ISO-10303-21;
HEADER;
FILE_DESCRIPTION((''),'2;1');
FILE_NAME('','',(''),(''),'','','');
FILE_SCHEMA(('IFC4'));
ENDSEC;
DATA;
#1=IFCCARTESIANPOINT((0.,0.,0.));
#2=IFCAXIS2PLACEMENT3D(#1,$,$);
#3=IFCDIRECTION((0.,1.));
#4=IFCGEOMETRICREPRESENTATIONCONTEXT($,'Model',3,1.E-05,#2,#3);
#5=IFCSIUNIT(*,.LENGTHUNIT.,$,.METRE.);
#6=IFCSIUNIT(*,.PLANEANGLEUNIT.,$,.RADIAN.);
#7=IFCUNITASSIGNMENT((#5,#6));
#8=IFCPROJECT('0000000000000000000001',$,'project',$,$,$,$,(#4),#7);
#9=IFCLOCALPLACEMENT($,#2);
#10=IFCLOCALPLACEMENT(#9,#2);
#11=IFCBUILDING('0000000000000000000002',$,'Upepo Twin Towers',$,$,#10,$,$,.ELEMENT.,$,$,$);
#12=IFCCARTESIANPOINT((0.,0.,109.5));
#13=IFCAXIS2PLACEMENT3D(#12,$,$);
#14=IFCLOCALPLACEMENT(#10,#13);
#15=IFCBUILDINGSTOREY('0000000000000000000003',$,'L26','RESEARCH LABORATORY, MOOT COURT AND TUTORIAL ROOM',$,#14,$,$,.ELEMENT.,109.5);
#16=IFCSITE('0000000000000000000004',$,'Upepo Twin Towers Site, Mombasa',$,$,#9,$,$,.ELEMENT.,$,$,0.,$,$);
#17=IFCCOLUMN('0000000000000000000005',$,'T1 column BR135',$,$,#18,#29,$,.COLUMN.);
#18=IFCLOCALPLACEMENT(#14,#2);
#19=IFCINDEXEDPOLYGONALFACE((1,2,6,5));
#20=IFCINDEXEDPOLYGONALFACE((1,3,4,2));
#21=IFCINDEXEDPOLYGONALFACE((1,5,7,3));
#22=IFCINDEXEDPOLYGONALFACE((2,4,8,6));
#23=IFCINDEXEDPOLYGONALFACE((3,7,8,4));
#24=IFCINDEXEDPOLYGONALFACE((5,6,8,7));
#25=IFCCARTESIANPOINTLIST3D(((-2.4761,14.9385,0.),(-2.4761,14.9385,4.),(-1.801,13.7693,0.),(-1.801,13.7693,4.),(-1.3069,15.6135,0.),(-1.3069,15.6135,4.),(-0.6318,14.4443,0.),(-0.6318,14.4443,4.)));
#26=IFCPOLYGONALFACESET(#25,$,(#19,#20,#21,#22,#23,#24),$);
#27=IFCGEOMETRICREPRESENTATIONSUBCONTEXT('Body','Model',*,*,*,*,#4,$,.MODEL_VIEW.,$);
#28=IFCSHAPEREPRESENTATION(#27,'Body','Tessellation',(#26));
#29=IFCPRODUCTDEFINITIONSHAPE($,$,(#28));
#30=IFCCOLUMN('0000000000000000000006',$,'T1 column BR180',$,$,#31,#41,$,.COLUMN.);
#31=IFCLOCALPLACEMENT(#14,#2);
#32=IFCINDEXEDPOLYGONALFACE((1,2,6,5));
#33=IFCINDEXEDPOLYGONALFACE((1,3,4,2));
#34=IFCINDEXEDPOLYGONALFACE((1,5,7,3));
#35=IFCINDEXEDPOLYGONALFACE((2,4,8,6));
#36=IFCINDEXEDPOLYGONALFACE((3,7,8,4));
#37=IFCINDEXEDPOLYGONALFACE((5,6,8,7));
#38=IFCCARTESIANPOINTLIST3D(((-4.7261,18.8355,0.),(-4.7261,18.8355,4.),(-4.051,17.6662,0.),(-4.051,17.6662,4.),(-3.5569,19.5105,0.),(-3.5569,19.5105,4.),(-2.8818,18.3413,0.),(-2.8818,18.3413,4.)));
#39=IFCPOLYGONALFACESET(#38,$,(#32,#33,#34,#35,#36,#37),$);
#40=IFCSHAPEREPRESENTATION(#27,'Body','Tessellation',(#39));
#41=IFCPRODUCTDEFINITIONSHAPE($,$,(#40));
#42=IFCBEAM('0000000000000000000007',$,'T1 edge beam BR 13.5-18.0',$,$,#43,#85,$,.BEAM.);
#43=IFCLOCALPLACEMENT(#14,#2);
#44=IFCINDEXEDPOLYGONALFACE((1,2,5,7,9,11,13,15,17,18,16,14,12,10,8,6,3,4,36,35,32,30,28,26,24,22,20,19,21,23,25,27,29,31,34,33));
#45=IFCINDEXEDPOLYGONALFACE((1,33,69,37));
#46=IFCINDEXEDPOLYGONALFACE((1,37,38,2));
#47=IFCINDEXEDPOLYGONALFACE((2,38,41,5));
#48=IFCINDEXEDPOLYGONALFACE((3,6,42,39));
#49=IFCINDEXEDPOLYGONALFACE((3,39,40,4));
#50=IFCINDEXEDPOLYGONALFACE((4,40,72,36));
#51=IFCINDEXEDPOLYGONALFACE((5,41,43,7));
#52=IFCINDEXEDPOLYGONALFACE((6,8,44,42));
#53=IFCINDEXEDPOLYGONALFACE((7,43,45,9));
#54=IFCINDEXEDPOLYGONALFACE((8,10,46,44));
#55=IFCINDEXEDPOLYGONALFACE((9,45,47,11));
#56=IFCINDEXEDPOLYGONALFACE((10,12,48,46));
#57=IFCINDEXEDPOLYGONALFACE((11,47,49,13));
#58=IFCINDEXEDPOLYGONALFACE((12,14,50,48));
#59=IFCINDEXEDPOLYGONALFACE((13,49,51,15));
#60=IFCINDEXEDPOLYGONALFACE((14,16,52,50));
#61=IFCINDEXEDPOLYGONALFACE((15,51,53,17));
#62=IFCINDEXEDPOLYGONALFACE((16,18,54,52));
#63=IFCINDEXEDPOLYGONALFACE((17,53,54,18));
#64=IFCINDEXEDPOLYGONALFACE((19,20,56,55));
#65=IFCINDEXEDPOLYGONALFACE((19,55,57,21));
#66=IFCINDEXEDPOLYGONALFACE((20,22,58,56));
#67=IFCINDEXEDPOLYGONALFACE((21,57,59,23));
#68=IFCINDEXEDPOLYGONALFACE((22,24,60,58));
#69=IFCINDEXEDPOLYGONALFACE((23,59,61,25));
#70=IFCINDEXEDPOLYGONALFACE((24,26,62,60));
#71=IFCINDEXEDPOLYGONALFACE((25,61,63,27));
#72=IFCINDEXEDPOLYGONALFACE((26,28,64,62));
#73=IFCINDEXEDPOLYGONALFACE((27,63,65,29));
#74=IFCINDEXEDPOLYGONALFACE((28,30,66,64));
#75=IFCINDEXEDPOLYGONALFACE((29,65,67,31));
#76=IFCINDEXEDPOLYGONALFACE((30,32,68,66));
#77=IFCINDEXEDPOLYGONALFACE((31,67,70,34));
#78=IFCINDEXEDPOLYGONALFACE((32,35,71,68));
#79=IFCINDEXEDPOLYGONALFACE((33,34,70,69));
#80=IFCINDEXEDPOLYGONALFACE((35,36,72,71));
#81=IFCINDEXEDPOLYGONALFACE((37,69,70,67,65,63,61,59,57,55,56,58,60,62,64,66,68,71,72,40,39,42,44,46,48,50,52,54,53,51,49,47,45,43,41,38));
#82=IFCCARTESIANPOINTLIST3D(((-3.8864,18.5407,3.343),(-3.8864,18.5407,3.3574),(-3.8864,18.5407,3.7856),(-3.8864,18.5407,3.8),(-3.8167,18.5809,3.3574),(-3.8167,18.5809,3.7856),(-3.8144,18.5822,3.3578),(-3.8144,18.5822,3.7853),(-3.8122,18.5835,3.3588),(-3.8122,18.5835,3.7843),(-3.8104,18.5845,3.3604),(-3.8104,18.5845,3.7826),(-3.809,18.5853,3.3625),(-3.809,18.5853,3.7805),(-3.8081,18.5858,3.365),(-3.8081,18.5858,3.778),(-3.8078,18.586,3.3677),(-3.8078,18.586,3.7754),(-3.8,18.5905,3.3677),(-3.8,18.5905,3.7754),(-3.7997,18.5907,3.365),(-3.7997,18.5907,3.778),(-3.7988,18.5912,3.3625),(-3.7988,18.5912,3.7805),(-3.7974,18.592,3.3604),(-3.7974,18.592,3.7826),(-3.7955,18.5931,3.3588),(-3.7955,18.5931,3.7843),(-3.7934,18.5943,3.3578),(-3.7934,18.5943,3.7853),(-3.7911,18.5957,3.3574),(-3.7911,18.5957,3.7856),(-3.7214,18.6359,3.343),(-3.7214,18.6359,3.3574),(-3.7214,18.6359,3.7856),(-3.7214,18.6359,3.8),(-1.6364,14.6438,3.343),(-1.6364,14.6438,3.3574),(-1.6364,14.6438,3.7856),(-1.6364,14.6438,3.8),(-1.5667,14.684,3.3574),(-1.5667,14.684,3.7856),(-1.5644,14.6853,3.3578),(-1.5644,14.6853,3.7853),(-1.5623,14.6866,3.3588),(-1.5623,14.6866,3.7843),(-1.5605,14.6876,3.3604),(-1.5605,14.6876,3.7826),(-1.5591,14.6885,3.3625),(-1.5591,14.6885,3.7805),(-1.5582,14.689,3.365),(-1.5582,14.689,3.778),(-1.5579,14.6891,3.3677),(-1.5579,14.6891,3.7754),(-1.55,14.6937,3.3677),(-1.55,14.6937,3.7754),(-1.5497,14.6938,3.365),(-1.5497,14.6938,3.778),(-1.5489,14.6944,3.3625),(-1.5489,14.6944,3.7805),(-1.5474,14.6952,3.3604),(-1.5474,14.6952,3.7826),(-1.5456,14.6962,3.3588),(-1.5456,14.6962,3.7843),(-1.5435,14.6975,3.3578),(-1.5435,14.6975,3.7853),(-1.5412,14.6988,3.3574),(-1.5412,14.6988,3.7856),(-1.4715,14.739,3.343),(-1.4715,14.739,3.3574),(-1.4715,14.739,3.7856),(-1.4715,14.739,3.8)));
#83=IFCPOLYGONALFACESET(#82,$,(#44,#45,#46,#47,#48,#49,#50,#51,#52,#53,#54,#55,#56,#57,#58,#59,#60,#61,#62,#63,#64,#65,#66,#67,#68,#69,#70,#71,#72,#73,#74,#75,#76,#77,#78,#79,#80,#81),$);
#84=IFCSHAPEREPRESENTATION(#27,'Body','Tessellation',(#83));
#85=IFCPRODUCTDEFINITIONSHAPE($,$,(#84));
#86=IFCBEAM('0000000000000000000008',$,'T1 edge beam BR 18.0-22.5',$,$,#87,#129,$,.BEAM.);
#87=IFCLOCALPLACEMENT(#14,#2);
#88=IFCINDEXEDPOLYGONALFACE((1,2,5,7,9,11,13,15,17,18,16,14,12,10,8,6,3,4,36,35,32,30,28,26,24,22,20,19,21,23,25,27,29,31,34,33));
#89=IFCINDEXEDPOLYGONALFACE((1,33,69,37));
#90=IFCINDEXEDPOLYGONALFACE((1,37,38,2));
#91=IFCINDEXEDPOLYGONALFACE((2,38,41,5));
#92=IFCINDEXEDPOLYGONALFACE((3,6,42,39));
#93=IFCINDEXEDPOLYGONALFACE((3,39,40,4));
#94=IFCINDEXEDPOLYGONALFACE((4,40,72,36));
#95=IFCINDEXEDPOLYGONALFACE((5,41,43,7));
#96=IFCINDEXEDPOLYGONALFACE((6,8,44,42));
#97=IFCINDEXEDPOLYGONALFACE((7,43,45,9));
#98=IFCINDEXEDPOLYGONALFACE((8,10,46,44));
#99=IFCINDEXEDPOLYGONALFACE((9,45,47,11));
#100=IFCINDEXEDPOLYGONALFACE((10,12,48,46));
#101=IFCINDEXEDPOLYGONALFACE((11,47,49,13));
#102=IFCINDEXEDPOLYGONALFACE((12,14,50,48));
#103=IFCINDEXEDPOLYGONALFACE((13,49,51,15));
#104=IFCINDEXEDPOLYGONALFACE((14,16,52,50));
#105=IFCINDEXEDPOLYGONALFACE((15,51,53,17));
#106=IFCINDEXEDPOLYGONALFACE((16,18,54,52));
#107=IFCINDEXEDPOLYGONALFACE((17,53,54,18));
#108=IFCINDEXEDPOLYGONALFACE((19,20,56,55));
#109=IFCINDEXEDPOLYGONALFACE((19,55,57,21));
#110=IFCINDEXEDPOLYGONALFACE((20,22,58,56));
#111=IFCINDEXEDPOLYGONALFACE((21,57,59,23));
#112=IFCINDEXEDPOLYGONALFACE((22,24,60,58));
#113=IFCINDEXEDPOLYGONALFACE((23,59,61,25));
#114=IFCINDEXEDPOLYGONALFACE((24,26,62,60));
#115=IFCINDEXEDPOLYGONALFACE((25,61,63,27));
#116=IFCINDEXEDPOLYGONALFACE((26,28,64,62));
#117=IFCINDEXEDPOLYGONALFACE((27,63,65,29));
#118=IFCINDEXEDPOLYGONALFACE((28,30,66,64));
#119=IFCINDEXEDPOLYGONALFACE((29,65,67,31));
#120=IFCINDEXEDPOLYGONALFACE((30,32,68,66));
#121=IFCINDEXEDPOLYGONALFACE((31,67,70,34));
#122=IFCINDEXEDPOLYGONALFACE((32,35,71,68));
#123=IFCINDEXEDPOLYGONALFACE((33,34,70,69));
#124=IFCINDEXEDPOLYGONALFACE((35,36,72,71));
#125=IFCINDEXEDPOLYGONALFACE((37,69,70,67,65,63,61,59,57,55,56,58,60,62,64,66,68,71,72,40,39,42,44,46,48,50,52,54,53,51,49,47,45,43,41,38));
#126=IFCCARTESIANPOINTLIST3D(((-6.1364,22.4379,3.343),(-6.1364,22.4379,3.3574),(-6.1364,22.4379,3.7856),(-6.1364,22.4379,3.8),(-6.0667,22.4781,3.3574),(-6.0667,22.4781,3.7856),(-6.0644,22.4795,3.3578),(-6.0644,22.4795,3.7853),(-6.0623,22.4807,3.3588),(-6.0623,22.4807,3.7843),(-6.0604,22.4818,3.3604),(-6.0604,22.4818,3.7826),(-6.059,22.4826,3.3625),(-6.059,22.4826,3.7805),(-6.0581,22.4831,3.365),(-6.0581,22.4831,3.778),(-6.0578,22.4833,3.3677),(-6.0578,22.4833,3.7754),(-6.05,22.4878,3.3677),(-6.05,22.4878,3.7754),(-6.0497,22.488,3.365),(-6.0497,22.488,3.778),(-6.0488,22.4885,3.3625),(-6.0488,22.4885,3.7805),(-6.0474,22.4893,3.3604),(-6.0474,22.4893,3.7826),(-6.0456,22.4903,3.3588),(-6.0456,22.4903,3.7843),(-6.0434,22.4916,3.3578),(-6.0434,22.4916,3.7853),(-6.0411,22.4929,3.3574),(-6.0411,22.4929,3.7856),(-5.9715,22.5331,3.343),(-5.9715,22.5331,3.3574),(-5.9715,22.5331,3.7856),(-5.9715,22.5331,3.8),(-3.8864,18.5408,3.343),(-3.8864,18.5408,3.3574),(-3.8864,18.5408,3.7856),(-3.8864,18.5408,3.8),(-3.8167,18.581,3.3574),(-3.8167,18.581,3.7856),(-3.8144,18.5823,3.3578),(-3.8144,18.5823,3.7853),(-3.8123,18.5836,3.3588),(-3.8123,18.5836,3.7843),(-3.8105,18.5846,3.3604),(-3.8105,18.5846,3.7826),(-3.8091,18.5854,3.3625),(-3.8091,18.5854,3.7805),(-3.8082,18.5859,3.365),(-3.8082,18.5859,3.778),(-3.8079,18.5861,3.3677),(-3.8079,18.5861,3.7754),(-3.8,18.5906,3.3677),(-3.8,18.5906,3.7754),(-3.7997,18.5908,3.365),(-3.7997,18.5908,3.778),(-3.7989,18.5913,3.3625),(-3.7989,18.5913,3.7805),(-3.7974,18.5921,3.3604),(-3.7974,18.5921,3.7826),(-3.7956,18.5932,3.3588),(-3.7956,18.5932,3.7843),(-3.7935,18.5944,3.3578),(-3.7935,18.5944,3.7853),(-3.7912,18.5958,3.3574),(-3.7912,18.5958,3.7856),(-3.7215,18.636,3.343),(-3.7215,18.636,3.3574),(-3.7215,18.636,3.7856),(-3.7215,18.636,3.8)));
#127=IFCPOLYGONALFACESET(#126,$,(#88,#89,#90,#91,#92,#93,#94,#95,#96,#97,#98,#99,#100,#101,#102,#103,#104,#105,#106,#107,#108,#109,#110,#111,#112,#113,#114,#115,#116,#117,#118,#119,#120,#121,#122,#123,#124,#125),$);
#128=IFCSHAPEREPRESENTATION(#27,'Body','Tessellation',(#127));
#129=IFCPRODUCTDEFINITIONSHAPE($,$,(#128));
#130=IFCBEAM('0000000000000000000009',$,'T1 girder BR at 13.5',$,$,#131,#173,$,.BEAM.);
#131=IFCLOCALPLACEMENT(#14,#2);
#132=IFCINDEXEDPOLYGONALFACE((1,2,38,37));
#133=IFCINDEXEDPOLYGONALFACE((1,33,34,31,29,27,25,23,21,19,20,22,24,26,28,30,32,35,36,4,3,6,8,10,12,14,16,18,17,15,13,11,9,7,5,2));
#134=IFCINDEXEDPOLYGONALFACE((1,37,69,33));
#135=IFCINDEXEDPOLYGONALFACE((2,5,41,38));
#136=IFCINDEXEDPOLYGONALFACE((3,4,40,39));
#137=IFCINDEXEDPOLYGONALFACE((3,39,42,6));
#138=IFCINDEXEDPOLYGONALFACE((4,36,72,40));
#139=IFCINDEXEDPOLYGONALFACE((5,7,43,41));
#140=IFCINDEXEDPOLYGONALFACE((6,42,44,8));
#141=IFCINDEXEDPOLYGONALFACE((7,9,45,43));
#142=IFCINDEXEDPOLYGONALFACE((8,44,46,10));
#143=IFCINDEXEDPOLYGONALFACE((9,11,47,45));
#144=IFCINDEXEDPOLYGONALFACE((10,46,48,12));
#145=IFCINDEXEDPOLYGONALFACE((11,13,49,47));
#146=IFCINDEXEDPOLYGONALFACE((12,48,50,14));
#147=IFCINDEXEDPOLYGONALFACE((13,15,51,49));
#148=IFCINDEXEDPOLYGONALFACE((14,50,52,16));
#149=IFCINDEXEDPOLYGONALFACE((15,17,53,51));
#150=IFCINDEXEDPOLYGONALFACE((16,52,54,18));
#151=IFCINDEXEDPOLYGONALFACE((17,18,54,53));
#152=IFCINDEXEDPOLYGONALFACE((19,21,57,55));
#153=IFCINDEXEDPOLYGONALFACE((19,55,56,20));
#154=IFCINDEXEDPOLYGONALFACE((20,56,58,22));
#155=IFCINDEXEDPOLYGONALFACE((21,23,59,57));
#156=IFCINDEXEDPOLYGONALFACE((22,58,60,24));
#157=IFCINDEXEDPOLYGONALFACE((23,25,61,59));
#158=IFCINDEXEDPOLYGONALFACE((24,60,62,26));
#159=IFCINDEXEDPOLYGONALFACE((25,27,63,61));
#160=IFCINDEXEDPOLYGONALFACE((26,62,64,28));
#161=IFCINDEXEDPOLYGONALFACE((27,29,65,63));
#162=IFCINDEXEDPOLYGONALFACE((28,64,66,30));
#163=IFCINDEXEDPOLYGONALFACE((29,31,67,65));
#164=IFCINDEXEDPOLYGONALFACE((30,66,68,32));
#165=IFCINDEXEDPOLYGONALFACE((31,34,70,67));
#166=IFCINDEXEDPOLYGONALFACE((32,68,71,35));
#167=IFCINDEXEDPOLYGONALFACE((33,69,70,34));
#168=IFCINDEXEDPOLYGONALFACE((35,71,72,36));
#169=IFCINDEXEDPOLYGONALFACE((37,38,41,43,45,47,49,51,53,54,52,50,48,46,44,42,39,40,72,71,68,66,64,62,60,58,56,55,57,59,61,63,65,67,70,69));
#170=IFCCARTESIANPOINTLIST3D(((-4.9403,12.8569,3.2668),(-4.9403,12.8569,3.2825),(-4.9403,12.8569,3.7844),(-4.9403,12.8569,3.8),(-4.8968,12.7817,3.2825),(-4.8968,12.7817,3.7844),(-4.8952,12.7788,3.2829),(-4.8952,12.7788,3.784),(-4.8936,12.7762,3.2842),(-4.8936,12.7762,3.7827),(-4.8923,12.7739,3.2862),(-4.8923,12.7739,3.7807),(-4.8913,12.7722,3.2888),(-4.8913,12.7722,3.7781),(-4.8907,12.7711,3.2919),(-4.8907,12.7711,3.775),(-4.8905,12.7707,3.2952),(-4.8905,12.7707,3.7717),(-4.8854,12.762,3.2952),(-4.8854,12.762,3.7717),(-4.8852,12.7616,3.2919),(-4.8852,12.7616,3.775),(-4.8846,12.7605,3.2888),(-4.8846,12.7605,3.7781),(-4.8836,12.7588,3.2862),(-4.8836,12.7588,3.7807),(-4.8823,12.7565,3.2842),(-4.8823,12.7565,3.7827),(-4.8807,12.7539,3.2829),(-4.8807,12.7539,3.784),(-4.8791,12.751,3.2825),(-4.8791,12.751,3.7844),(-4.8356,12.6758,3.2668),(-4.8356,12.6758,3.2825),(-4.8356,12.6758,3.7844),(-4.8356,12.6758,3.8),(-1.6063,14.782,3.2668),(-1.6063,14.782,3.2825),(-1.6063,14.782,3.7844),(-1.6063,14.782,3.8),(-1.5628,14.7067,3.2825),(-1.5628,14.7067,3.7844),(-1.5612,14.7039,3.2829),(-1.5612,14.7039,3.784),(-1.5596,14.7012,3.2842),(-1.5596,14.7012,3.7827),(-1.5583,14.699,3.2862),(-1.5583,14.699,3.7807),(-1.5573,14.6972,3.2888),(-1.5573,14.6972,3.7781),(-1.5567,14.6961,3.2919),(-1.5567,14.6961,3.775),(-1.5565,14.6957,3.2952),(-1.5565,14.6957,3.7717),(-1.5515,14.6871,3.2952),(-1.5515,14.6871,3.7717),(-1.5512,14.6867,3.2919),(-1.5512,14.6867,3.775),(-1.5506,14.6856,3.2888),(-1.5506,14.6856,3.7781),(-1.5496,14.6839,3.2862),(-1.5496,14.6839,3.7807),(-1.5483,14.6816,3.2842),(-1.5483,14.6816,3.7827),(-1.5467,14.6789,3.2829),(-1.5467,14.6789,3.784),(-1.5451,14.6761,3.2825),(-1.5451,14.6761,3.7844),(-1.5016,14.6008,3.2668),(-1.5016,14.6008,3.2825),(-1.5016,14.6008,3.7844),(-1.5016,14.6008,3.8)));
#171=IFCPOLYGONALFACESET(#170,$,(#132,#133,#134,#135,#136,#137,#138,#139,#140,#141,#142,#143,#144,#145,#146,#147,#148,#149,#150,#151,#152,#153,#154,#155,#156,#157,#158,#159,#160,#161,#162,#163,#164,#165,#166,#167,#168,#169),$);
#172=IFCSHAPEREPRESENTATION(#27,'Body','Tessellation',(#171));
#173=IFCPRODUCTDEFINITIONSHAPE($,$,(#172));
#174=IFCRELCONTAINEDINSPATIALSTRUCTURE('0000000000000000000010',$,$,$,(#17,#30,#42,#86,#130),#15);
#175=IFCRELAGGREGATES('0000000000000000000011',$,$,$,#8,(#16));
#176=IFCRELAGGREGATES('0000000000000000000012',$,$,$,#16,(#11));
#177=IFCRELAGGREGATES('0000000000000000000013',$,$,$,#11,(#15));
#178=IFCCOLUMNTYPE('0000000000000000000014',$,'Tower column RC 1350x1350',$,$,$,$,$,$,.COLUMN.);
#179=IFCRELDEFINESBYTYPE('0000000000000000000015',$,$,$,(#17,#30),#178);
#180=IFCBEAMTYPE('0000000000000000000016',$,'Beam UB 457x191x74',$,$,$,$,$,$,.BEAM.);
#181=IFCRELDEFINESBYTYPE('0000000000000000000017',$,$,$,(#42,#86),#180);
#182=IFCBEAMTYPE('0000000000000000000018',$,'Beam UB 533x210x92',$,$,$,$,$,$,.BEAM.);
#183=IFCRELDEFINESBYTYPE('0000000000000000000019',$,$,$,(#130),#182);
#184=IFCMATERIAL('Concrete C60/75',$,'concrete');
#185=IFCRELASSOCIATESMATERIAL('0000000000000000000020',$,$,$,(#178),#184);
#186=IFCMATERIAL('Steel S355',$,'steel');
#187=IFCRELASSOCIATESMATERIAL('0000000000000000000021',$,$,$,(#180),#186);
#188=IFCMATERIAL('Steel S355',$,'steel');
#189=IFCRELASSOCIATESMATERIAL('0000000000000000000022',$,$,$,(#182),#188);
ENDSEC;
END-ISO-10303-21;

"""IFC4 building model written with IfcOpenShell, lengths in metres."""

from ifc_helpers import new_model, si_unit, direction, frame, origin, origin_2d, place, context, subcontext, project, spatial, rectangle, i_section, extrude, material, material_profile, profile_set, type_object, element, save


model = new_model("IFC4")

# Units and contexts
model_context = context("Model", 3, precision=1e-05, world=origin(), true_north=direction((0.0, 1.0)))
body_context = subcontext(model_context, "Body", "Model", "MODEL_VIEW")
ifc_project = project(units=[si_unit("LENGTHUNIT", "METRE"), si_unit("PLANEANGLEUNIT", "RADIAN")], contexts=[model_context])

# Site, building, storey
site_placement = place(None, origin())
site = spatial("IfcSite", under=ifc_project, at=site_placement, Name="Upepo Twin Towers Site, Mombasa", CompositionType="ELEMENT", RefElevation=0.0)
building_placement = place(site_placement, origin())
building = spatial("IfcBuilding", under=site, at=building_placement, Name="Upepo Twin Towers", CompositionType="ELEMENT")
storey_placement = place(building_placement, frame((0.0, 0.0, 109.5)))
storey = spatial("IfcBuildingStorey", under=building, at=storey_placement, Name="L26", Description="RESEARCH LABORATORY, MOOT COURT AND TUTORIAL ROOM", CompositionType="ELEMENT", Elevation=109.5)

# Columns
ifc_material_1 = material(Name="Concrete C60/75", Category="concrete")
ifc_material_profile_1 = material_profile(ifc_material_1, rectangle(XDim=1.3501, YDim=1.3501, at=origin_2d()), Name="RC 1350x1350")
ifc_profile_set_1 = profile_set([ifc_material_profile_1], Name="Concrete C60/75")
column_type = type_object("IfcColumnType", Name="Tower column RC 1350x1350", PredefinedType="COLUMN", material=ifc_profile_set_1)
for number, where, z_axis, x_axis, name in (
    (1, (-1.554, 14.6914, 0.0), (0.0, 0.0, 1.0), (0.866025, 0.5, 0.0), "T1 column BR135"),
    (2, (-3.804, 18.5884, 0.0), (0.0, 0.0, 1.0), (0.866025, 0.5, 0.0), "T1 column BR180"),
):
    element("IfcColumn", number, at=place(storey_placement, frame(where, z_axis=z_axis, x_axis=x_axis)), inside=storey, type_object=column_type, Name=name, PredefinedType="COLUMN", context=body_context, shape_type="SweptSolid", body=[
        extrude(rectangle(XDim=1.3501, YDim=1.3501, at=origin_2d()), origin(), (0.0, 0.0, 1.0), 4.0),
    ])

# Beams
ifc_material_2 = material(Name="Steel S355", Category="steel")
ifc_material_profile_2 = material_profile(ifc_material_2, i_section(OverallWidth=0.1904, OverallDepth=0.457, WebThickness=0.009, FlangeThickness=0.0144, FilletRadius=0.0103, at=origin_2d()), Name="UB 457x191x74")
ifc_profile_set_2 = profile_set([ifc_material_profile_2], Name="Steel S355")
beam_type_1 = type_object("IfcBeamType", Name="Beam UB 457x191x74", PredefinedType="BEAM", material=ifc_profile_set_2)
beam_1_placement = place(storey_placement, frame((-1.554, 14.6914, 3.5715), z_axis=(-0.500014, 0.866018, 0.0), x_axis=(-0.866018, -0.500014, 0.0)))
element("IfcBeam", 3, at=beam_1_placement, inside=storey, type_object=beam_type_1, Name="T1 edge beam BR 13.5-18.0", PredefinedType="BEAM", context=body_context, shape_type="SweptSolid", body=[
    extrude(i_section(OverallWidth=0.1904, OverallDepth=0.457, WebThickness=0.009, FlangeThickness=0.0144, FilletRadius=0.0103, at=origin_2d()), origin(), (0.0, 0.0, 1.0), 4.4998),
])
beam_2_placement = place(storey_placement, frame((-3.804, 18.5884, 3.5715), z_axis=(-0.49999, 0.866031, 0.0), x_axis=(-0.866031, -0.49999, 0.0)))
element("IfcBeam", 4, at=beam_2_placement, inside=storey, type_object=beam_type_1, Name="T1 edge beam BR 18.0-22.5", PredefinedType="BEAM", context=body_context, shape_type="SweptSolid", body=[
    extrude(i_section(OverallWidth=0.1904, OverallDepth=0.457, WebThickness=0.009, FlangeThickness=0.0144, FilletRadius=0.0103, at=origin_2d()), origin(), (0.0, 0.0, 1.0), 4.5),
])
ifc_material_3 = material(Name="Steel S355", Category="steel")
ifc_material_profile_3 = material_profile(ifc_material_3, i_section(OverallWidth=0.2092, OverallDepth=0.5332, WebThickness=0.01, FlangeThickness=0.0156, FilletRadius=0.0127, at=origin_2d()), Name="UB 533x210x92")
ifc_profile_set_3 = profile_set([ifc_material_profile_3], Name="Steel S355")
beam_type_2 = type_object("IfcBeamType", Name="Beam UB 533x210x92", PredefinedType="BEAM", material=ifc_profile_set_3)
beam_3_placement = place(storey_placement, frame((-1.554, 14.6914, 3.5334), z_axis=(-0.866006, -0.500034, 0.0), x_axis=(0.500034, -0.866006, 0.0)))
element("IfcBeam", 5, at=beam_3_placement, inside=storey, type_object=beam_type_2, Name="T1 girder BR at 13.5", PredefinedType="BEAM", context=body_context, shape_type="SweptSolid", body=[
    extrude(i_section(OverallWidth=0.2092, OverallDepth=0.5332, WebThickness=0.01, FlangeThickness=0.0156, FilletRadius=0.0127, at=origin_2d()), origin(), (0.0, 0.0, 1.0), 3.8499),
])

save(model, "model.ifc")
